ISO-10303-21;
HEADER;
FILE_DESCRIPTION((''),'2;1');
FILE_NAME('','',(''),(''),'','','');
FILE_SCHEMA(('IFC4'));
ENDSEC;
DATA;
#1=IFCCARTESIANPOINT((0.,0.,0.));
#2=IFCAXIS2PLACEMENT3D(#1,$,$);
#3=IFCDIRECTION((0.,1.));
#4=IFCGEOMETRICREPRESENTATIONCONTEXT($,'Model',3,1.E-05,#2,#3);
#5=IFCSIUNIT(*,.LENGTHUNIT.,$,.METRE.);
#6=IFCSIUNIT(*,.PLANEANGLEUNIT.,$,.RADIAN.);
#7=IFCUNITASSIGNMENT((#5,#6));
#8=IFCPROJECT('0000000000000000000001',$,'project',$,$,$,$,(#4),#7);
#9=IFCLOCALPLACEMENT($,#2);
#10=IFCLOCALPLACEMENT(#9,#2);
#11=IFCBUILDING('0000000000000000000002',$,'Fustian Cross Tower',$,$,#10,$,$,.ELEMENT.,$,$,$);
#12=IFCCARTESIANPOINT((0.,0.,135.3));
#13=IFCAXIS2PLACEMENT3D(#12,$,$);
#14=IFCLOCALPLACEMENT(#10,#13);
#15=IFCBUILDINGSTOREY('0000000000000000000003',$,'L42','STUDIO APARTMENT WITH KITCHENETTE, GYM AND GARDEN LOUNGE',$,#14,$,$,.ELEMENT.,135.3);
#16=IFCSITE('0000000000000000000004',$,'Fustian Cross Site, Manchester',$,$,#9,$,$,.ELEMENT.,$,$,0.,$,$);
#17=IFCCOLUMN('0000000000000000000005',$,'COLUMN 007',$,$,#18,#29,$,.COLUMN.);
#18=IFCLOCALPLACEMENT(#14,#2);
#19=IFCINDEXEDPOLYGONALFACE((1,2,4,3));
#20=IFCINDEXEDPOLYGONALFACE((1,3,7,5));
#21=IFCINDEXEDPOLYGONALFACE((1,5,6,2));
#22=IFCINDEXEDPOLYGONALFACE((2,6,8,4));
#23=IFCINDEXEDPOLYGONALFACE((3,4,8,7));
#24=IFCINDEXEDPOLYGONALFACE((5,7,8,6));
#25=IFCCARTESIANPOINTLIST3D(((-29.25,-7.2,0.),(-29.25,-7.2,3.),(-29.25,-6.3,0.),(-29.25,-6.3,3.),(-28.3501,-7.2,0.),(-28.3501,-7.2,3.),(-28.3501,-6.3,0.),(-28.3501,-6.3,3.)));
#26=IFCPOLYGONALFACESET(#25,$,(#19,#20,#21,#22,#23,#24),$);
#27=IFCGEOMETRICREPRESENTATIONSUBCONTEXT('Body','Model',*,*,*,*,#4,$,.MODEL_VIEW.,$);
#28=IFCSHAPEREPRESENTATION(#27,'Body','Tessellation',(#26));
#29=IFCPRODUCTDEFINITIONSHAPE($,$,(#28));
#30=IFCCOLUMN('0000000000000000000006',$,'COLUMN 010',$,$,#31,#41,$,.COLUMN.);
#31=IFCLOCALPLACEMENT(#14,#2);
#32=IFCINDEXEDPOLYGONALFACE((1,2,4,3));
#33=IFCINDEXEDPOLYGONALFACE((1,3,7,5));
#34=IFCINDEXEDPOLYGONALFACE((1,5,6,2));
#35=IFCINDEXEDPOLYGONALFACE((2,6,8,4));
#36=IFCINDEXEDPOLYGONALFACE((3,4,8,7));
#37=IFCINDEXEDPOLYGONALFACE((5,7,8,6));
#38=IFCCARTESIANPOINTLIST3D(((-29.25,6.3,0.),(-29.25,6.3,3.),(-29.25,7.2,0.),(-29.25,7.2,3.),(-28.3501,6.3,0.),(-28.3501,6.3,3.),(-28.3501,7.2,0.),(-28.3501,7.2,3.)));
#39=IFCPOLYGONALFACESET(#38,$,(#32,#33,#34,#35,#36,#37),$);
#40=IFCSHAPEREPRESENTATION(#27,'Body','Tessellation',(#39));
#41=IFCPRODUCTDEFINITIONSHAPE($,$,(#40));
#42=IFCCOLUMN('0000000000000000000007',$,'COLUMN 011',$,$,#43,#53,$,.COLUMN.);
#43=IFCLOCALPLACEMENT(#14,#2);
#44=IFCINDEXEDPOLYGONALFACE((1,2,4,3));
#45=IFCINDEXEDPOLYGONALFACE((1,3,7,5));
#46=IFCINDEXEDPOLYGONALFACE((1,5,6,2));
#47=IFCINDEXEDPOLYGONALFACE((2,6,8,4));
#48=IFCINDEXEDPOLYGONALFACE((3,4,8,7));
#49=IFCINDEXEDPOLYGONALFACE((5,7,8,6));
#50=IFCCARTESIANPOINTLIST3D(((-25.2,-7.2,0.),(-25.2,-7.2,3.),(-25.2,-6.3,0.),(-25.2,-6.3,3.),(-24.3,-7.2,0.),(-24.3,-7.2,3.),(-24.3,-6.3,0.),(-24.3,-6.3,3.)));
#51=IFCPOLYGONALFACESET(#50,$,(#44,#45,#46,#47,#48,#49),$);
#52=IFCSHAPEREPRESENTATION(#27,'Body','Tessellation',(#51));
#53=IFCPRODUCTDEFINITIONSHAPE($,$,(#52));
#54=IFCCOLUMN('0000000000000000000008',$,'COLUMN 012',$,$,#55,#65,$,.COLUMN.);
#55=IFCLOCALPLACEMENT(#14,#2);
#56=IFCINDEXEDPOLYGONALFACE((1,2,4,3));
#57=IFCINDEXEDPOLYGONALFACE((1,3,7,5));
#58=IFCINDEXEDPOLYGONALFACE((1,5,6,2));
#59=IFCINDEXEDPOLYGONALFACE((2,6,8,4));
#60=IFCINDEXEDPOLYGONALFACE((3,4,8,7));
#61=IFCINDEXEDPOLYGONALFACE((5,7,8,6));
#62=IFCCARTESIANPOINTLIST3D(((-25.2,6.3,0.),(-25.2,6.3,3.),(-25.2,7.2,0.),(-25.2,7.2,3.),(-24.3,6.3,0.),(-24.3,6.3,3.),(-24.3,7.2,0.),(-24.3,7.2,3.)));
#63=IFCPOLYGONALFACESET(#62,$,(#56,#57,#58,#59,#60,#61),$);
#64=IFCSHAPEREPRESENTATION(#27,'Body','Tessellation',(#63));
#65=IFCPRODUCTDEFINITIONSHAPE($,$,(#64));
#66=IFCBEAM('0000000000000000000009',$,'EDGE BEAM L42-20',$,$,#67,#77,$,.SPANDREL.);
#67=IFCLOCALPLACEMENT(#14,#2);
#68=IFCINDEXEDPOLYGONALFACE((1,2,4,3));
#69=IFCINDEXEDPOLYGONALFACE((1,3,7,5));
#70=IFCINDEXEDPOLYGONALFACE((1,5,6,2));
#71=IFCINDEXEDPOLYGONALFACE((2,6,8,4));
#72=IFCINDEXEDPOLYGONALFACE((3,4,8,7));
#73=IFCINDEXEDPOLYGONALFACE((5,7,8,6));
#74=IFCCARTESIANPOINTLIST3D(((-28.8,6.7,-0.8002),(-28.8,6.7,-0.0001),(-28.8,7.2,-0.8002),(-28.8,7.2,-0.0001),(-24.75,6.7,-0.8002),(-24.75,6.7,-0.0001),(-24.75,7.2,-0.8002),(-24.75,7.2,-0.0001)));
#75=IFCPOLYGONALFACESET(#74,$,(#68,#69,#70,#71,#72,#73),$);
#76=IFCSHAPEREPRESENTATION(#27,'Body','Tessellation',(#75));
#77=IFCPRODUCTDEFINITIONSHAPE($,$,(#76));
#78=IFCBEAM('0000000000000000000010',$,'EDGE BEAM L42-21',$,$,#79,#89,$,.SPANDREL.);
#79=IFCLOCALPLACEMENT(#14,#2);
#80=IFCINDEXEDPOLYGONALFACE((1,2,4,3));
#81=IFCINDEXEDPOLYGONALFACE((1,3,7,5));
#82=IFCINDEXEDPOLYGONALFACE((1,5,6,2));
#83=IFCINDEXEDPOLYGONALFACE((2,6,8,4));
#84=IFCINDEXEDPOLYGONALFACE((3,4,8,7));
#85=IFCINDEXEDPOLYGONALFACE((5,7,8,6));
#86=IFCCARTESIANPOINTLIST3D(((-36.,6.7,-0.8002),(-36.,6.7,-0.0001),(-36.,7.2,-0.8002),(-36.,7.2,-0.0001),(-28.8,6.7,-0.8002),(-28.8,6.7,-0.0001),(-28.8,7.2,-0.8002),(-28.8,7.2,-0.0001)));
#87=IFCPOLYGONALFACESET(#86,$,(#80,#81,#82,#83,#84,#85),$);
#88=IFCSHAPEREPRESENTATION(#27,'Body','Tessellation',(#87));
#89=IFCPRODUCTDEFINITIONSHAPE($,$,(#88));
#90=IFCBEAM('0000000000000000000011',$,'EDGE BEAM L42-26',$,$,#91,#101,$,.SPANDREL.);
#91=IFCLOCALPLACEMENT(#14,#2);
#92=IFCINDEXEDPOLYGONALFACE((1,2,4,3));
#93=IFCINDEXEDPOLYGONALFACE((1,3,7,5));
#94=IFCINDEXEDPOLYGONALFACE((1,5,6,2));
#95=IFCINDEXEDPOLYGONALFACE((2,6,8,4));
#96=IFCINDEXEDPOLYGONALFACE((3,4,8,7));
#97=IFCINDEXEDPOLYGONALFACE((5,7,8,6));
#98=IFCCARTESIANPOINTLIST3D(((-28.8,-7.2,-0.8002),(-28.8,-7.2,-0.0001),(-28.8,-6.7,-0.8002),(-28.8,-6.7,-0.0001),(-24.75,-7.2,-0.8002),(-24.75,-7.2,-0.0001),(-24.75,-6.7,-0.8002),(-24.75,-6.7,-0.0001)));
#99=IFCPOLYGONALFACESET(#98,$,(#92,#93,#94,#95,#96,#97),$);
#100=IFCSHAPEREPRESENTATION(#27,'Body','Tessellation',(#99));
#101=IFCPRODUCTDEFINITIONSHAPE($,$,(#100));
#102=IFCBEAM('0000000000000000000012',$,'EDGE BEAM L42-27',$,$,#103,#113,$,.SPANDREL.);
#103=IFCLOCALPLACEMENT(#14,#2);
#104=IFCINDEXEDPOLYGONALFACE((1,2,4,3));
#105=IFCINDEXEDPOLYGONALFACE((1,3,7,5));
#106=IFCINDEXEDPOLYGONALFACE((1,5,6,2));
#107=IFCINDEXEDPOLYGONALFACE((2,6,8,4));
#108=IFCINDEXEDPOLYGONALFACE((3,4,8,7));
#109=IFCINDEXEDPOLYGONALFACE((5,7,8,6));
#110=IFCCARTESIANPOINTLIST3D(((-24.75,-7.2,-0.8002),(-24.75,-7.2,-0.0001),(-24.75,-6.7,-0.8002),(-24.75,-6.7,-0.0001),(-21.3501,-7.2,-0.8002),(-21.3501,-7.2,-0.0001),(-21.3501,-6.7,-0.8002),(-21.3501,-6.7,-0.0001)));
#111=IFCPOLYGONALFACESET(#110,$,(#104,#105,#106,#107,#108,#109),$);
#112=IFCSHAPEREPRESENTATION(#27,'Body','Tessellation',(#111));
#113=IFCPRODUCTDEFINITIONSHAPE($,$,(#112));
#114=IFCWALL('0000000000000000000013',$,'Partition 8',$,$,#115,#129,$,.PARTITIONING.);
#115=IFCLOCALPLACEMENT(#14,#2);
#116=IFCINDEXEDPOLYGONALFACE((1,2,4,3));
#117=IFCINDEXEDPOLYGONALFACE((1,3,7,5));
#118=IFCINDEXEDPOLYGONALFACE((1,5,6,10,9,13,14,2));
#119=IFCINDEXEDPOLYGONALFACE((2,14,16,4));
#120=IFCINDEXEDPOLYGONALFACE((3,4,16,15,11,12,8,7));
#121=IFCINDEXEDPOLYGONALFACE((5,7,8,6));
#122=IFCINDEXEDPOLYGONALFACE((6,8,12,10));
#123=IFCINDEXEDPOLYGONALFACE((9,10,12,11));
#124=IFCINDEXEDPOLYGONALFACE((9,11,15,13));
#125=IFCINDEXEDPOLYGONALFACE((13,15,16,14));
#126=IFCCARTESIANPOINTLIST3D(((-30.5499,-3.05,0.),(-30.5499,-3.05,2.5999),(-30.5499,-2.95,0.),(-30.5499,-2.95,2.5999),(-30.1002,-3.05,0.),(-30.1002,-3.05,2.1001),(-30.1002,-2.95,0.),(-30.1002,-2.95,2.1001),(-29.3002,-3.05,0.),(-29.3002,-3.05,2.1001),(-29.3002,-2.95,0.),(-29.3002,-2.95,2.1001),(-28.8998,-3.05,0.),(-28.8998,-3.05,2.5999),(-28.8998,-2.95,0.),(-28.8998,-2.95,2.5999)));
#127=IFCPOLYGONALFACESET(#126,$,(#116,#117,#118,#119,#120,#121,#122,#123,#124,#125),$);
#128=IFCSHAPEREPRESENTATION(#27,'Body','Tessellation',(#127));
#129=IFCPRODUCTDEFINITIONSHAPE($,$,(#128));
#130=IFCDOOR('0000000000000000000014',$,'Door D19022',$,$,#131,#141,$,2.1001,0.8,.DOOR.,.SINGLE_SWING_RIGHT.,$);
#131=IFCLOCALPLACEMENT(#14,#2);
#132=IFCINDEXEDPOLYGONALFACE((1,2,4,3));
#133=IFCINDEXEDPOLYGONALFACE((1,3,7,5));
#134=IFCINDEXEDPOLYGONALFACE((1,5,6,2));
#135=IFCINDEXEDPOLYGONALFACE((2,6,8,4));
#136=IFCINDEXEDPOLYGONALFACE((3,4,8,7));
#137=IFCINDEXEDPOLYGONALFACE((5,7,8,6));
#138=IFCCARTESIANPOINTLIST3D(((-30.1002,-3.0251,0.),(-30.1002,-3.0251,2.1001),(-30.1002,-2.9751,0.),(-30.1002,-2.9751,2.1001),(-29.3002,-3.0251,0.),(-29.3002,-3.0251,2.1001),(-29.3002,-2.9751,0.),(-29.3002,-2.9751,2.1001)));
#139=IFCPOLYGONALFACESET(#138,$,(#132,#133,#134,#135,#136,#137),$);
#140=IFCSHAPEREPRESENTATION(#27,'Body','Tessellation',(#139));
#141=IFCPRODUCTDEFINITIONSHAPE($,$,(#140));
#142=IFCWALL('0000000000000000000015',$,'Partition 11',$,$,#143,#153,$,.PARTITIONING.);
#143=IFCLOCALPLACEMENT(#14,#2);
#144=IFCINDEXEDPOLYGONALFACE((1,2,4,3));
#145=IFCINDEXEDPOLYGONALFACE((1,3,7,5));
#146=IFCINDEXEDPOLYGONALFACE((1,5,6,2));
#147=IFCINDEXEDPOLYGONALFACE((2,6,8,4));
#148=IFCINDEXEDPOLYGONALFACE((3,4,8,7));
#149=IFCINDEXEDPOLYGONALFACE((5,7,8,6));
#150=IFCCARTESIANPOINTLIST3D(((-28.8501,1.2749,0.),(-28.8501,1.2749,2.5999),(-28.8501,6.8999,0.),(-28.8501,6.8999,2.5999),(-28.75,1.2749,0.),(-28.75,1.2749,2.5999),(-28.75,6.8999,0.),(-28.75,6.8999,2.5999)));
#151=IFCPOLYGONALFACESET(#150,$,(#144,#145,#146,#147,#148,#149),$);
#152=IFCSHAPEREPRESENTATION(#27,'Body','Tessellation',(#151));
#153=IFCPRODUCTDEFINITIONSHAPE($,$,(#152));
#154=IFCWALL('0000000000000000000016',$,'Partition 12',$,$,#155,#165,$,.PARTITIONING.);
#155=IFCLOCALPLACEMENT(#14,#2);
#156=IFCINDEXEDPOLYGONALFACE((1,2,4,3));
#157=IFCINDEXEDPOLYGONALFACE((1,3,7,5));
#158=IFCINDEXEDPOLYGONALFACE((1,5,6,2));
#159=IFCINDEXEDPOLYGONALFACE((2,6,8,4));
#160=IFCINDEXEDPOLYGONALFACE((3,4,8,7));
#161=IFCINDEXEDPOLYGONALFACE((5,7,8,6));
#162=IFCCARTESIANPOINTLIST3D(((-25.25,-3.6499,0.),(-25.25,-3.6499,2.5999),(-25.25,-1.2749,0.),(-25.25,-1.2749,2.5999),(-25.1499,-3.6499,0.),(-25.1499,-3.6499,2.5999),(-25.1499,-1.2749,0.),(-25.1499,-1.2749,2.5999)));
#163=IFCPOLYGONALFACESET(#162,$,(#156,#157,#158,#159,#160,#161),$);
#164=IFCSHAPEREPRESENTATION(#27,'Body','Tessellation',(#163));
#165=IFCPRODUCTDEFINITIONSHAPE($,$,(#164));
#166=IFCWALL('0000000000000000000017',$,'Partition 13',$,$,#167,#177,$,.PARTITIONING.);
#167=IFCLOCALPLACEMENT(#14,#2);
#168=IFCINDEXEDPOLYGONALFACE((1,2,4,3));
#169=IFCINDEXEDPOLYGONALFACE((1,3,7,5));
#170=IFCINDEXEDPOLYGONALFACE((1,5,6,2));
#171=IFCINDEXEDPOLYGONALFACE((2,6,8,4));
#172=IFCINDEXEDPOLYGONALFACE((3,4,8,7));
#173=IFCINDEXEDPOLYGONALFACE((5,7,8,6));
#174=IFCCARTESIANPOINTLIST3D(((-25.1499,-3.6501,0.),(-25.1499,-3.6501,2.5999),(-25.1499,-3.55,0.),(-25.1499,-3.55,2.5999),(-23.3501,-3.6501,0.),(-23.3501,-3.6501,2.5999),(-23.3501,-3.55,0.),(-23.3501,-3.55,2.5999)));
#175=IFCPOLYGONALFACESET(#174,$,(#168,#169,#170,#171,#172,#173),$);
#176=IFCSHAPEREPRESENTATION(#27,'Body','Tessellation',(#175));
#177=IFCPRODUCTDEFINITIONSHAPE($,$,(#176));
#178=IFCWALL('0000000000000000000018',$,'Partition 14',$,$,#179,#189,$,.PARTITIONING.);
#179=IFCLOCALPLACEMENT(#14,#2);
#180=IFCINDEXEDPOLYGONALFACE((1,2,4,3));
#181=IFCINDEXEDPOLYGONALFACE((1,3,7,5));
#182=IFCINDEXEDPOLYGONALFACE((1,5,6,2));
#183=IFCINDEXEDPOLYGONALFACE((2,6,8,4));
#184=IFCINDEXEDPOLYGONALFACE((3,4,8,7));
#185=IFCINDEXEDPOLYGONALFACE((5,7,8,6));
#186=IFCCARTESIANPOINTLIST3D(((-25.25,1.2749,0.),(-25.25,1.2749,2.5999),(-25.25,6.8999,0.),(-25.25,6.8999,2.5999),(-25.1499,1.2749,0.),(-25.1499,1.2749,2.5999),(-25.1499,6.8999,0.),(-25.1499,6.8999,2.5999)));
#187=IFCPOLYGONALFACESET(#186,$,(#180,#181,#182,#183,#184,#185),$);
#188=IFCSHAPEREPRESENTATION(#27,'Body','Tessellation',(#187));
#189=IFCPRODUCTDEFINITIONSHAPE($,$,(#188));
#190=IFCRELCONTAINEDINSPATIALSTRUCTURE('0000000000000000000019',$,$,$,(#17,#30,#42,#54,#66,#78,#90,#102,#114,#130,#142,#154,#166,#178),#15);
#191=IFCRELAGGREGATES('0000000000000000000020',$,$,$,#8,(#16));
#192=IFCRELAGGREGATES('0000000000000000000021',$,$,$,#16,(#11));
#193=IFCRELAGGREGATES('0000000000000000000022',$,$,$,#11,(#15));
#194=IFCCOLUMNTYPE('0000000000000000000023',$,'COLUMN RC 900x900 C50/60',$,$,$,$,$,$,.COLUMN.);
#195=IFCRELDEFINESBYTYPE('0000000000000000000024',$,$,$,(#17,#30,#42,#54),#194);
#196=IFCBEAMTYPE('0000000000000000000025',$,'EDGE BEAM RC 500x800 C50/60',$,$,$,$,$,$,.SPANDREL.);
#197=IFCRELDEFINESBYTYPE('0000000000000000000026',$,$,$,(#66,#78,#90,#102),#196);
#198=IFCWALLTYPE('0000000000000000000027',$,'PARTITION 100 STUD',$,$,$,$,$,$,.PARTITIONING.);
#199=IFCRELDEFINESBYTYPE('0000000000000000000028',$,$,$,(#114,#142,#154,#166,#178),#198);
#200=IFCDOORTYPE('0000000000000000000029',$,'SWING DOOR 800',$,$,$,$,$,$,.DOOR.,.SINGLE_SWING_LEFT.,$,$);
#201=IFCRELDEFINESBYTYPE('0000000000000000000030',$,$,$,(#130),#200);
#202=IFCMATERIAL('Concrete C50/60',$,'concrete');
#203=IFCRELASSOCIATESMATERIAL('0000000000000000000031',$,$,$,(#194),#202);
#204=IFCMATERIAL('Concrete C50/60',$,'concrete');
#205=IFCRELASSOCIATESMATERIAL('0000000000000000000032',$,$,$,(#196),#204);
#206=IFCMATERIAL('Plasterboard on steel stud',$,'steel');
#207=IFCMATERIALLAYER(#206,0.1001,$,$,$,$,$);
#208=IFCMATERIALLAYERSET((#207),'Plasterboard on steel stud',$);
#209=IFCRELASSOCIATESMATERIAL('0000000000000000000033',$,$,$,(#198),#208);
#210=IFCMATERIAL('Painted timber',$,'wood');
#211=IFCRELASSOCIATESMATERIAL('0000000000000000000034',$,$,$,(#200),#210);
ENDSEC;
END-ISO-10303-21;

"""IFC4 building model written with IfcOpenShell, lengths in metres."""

from ifc_helpers import new_model, si_unit, direction, frame, frame_2d, origin, origin_2d, place, context, subcontext, project, spatial, rectangle, extrude, material, layer, layer_set, material_profile, profile_set, type_object, element, fill, save


model = new_model("IFC4")

# Units and contexts
model_context = context("Model", 3, precision=1e-05, world=origin(), true_north=direction((0.0, 1.0)))
body_context = subcontext(model_context, "Body", "Model", "MODEL_VIEW")
ifc_project = project(units=[si_unit("LENGTHUNIT", "METRE"), si_unit("PLANEANGLEUNIT", "RADIAN")], contexts=[model_context])

# Site, building, storey
site_placement = place(None, origin())
site = spatial("IfcSite", under=ifc_project, at=site_placement, Name="Fustian Cross Site, Manchester", CompositionType="ELEMENT", RefElevation=0.0)
building_placement = place(site_placement, origin())
building = spatial("IfcBuilding", under=site, at=building_placement, Name="Fustian Cross Tower", CompositionType="ELEMENT")
storey_placement = place(building_placement, frame((0.0, 0.0, 135.3)))
storey = spatial("IfcBuildingStorey", under=building, at=storey_placement, Name="L42", Description="STUDIO APARTMENT WITH KITCHENETTE, GYM AND GARDEN LOUNGE", CompositionType="ELEMENT", Elevation=135.3)

# Columns
ifc_material_1 = material(Name="Concrete C50/60", Category="concrete")
ifc_material_profile_1 = material_profile(ifc_material_1, rectangle(XDim=0.8999, YDim=0.8999, at=origin_2d()), Name="RC 900x900")
ifc_profile_set_1 = profile_set([ifc_material_profile_1], Name="Concrete C50/60")
column_type = type_object("IfcColumnType", Name="COLUMN RC 900x900 C50/60", PredefinedType="COLUMN", material=ifc_profile_set_1)
for number, where, z_axis, x_axis, name in (
    (1, (-28.8, -6.75, 0.0), (0.0, 0.0, 1.0), (1.0, 0.0, 0.0), "COLUMN 007"),
    (2, (-28.8, 6.75, 0.0), (0.0, 0.0, 1.0), (1.0, 0.0, 0.0), "COLUMN 010"),
    (3, (-24.75, -6.75, 0.0), (0.0, 0.0, 1.0), (1.0, 0.0, 0.0), "COLUMN 011"),
    (4, (-24.75, 6.75, 0.0), (0.0, 0.0, 1.0), (1.0, 0.0, 0.0), "COLUMN 012"),
):
    element("IfcColumn", number, at=place(storey_placement, frame(where, z_axis=z_axis, x_axis=x_axis)), inside=storey, type_object=column_type, Name=name, PredefinedType="COLUMN", context=body_context, shape_type="SweptSolid", body=[
        extrude(rectangle(XDim=0.8999, YDim=0.8999, at=origin_2d()), origin(), (0.0, 0.0, 1.0), 3.0),
    ])

# Beams
ifc_material_2 = material(Name="Concrete C50/60", Category="concrete")
ifc_material_profile_2 = material_profile(ifc_material_2, rectangle(XDim=0.5, YDim=0.8, at=origin_2d()), Name="RC 500x800")
ifc_profile_set_2 = profile_set([ifc_material_profile_2], Name="Concrete C50/60")
beam_type = type_object("IfcBeamType", Name="EDGE BEAM RC 500x800 C50/60", PredefinedType="SPANDREL", material=ifc_profile_set_2)
beam_1_placement = place(storey_placement, frame((-24.75, 6.95, -0.4001), z_axis=(-1.0, 0.0, 0.0), x_axis=(0.0, -1.0, 0.0)))
element("IfcBeam", 5, at=beam_1_placement, inside=storey, type_object=beam_type, Name="EDGE BEAM L42-20", PredefinedType="SPANDREL", context=body_context, shape_type="SweptSolid", body=[
    extrude(rectangle(XDim=0.5, YDim=0.8, at=origin_2d()), origin(), (0.0, 0.0, 1.0), 4.05),
])
beam_2_placement = place(storey_placement, frame((-28.8, 6.95, -0.4001), z_axis=(-1.0, 0.0, 0.0), x_axis=(0.0, -1.0, 0.0)))
element("IfcBeam", 6, at=beam_2_placement, inside=storey, type_object=beam_type, Name="EDGE BEAM L42-21", PredefinedType="SPANDREL", context=body_context, shape_type="SweptSolid", body=[
    extrude(rectangle(XDim=0.5, YDim=0.8, at=origin_2d()), origin(), (0.0, 0.0, 1.0), 7.2),
])
beam_3_placement = place(storey_placement, frame((-28.8, -6.95, -0.4001), z_axis=(1.0, 0.0, 0.0), x_axis=(0.0, 1.0, 0.0)))
element("IfcBeam", 7, at=beam_3_placement, inside=storey, type_object=beam_type, Name="EDGE BEAM L42-26", PredefinedType="SPANDREL", context=body_context, shape_type="SweptSolid", body=[
    extrude(rectangle(XDim=0.5, YDim=0.8, at=origin_2d()), origin(), (0.0, 0.0, 1.0), 4.05),
])
beam_4_placement = place(storey_placement, frame((-24.75, -6.95, -0.4001), z_axis=(1.0, 0.0, 0.0), x_axis=(0.0, 1.0, 0.0)))
element("IfcBeam", 8, at=beam_4_placement, inside=storey, type_object=beam_type, Name="EDGE BEAM L42-27", PredefinedType="SPANDREL", context=body_context, shape_type="SweptSolid", body=[
    extrude(rectangle(XDim=0.5, YDim=0.8, at=origin_2d()), origin(), (0.0, 0.0, 1.0), 3.3999),
])

# Wall, opening, door
ifc_material_3 = material(Name="Plasterboard on steel stud", Category="steel")
ifc_layer_1 = layer(ifc_material_3, 0.1001)
ifc_layer_set_1 = layer_set([ifc_layer_1], Name="Plasterboard on steel stud")
wall_type_1 = type_object("IfcWallType", Name="PARTITION 100 STUD", PredefinedType="PARTITIONING", material=ifc_layer_set_1)
wall_1_placement = place(storey_placement, frame((-30.55, -3.0, 0.0), z_axis=(0.0, 0.0, 1.0), x_axis=(1.0, 0.0, 0.0)))
wall_1 = element("IfcWall", 9, at=wall_1_placement, inside=storey, type_object=wall_type_1, Name="Partition 8", PredefinedType="PARTITIONING", context=body_context, shape_type="SweptSolid", body=[
    extrude(rectangle(XDim=1.6501, YDim=0.1001, at=frame_2d((0.8252, 0.0))), origin(), (0.0, 0.0, 1.0), 2.5999),
])
opening_1_placement = place(wall_1_placement, frame((0.45, 0.0, 0.0)))
opening_1 = element("IfcOpeningElement", 10, at=opening_1_placement, cuts=wall_1, PredefinedType="OPENING", context=body_context, shape_type="SweptSolid", body=[
    extrude(rectangle(XDim=0.8, YDim=2.1001, at=frame_2d((0.3999, 1.05))), frame((0.0, 0.0601, 0.0), z_axis=(0.0, -1.0, 0.0), x_axis=(1.0, 0.0, 0.0)), (0.0, 0.0, 1.0), 0.1201),
])
ifc_material_4 = material(Name="Painted timber", Category="wood")
door_type = type_object("IfcDoorType", Name="SWING DOOR 800", OperationType="SINGLE_SWING_LEFT", PredefinedType="DOOR", material=ifc_material_4)
door_placement = place(opening_1_placement, origin())
door = element("IfcDoor", 11, at=door_placement, inside=storey, type_object=door_type, Name="Door D19022", OperationType="SINGLE_SWING_RIGHT", OverallHeight=2.1001, OverallWidth=0.8, PredefinedType="DOOR", context=body_context, shape_type="SweptSolid", body=[
    extrude(rectangle(XDim=0.8, YDim=2.1001, at=frame_2d((0.3999, 1.05))), frame((0.0, 0.0249, 0.0), z_axis=(0.0, -1.0, 0.0), x_axis=(1.0, 0.0, 0.0)), (0.0, 0.0, 1.0), 0.05),
])
fill(opening_1, door)

# Walls
wall_2_placement = place(storey_placement, frame((-28.8, 1.2749, 0.0), z_axis=(0.0, 0.0, 1.0), x_axis=(0.0, 1.0, 0.0)))
element("IfcWall", 12, at=wall_2_placement, inside=storey, type_object=wall_type_1, Name="Partition 11", PredefinedType="PARTITIONING", context=body_context, shape_type="SweptSolid", body=[
    extrude(rectangle(XDim=5.625, YDim=0.1001, at=frame_2d((2.8125, 0.0))), origin(), (0.0, 0.0, 1.0), 2.5999),
])
wall_3_placement = place(storey_placement, frame((-25.2, -3.6499, 0.0), z_axis=(0.0, 0.0, 1.0), x_axis=(0.0, 1.0, 0.0)))
element("IfcWall", 13, at=wall_3_placement, inside=storey, type_object=wall_type_1, Name="Partition 12", PredefinedType="PARTITIONING", context=body_context, shape_type="SweptSolid", body=[
    extrude(rectangle(XDim=2.375, YDim=0.1001, at=frame_2d((1.1875, 0.0))), origin(), (0.0, 0.0, 1.0), 2.5999),
])
wall_4_placement = place(storey_placement, frame((-25.1499, -3.6001, 0.0), z_axis=(0.0, 0.0, 1.0), x_axis=(1.0, 0.0, 0.0)))
element("IfcWall", 14, at=wall_4_placement, inside=storey, type_object=wall_type_1, Name="Partition 13", PredefinedType="PARTITIONING", context=body_context, shape_type="SweptSolid", body=[
    extrude(rectangle(XDim=1.7998, YDim=0.1001, at=frame_2d((0.8999, 0.0))), origin(), (0.0, 0.0, 1.0), 2.5999),
])
wall_5_placement = place(storey_placement, frame((-25.2, 1.2749, 0.0), z_axis=(0.0, 0.0, 1.0), x_axis=(0.0, 1.0, 0.0)))
element("IfcWall", 15, at=wall_5_placement, inside=storey, type_object=wall_type_1, Name="Partition 14", PredefinedType="PARTITIONING", context=body_context, shape_type="SweptSolid", body=[
    extrude(rectangle(XDim=5.625, YDim=0.1001, at=frame_2d((2.8125, 0.0))), origin(), (0.0, 0.0, 1.0), 2.5999),
])

save(model, "model.ifc")
